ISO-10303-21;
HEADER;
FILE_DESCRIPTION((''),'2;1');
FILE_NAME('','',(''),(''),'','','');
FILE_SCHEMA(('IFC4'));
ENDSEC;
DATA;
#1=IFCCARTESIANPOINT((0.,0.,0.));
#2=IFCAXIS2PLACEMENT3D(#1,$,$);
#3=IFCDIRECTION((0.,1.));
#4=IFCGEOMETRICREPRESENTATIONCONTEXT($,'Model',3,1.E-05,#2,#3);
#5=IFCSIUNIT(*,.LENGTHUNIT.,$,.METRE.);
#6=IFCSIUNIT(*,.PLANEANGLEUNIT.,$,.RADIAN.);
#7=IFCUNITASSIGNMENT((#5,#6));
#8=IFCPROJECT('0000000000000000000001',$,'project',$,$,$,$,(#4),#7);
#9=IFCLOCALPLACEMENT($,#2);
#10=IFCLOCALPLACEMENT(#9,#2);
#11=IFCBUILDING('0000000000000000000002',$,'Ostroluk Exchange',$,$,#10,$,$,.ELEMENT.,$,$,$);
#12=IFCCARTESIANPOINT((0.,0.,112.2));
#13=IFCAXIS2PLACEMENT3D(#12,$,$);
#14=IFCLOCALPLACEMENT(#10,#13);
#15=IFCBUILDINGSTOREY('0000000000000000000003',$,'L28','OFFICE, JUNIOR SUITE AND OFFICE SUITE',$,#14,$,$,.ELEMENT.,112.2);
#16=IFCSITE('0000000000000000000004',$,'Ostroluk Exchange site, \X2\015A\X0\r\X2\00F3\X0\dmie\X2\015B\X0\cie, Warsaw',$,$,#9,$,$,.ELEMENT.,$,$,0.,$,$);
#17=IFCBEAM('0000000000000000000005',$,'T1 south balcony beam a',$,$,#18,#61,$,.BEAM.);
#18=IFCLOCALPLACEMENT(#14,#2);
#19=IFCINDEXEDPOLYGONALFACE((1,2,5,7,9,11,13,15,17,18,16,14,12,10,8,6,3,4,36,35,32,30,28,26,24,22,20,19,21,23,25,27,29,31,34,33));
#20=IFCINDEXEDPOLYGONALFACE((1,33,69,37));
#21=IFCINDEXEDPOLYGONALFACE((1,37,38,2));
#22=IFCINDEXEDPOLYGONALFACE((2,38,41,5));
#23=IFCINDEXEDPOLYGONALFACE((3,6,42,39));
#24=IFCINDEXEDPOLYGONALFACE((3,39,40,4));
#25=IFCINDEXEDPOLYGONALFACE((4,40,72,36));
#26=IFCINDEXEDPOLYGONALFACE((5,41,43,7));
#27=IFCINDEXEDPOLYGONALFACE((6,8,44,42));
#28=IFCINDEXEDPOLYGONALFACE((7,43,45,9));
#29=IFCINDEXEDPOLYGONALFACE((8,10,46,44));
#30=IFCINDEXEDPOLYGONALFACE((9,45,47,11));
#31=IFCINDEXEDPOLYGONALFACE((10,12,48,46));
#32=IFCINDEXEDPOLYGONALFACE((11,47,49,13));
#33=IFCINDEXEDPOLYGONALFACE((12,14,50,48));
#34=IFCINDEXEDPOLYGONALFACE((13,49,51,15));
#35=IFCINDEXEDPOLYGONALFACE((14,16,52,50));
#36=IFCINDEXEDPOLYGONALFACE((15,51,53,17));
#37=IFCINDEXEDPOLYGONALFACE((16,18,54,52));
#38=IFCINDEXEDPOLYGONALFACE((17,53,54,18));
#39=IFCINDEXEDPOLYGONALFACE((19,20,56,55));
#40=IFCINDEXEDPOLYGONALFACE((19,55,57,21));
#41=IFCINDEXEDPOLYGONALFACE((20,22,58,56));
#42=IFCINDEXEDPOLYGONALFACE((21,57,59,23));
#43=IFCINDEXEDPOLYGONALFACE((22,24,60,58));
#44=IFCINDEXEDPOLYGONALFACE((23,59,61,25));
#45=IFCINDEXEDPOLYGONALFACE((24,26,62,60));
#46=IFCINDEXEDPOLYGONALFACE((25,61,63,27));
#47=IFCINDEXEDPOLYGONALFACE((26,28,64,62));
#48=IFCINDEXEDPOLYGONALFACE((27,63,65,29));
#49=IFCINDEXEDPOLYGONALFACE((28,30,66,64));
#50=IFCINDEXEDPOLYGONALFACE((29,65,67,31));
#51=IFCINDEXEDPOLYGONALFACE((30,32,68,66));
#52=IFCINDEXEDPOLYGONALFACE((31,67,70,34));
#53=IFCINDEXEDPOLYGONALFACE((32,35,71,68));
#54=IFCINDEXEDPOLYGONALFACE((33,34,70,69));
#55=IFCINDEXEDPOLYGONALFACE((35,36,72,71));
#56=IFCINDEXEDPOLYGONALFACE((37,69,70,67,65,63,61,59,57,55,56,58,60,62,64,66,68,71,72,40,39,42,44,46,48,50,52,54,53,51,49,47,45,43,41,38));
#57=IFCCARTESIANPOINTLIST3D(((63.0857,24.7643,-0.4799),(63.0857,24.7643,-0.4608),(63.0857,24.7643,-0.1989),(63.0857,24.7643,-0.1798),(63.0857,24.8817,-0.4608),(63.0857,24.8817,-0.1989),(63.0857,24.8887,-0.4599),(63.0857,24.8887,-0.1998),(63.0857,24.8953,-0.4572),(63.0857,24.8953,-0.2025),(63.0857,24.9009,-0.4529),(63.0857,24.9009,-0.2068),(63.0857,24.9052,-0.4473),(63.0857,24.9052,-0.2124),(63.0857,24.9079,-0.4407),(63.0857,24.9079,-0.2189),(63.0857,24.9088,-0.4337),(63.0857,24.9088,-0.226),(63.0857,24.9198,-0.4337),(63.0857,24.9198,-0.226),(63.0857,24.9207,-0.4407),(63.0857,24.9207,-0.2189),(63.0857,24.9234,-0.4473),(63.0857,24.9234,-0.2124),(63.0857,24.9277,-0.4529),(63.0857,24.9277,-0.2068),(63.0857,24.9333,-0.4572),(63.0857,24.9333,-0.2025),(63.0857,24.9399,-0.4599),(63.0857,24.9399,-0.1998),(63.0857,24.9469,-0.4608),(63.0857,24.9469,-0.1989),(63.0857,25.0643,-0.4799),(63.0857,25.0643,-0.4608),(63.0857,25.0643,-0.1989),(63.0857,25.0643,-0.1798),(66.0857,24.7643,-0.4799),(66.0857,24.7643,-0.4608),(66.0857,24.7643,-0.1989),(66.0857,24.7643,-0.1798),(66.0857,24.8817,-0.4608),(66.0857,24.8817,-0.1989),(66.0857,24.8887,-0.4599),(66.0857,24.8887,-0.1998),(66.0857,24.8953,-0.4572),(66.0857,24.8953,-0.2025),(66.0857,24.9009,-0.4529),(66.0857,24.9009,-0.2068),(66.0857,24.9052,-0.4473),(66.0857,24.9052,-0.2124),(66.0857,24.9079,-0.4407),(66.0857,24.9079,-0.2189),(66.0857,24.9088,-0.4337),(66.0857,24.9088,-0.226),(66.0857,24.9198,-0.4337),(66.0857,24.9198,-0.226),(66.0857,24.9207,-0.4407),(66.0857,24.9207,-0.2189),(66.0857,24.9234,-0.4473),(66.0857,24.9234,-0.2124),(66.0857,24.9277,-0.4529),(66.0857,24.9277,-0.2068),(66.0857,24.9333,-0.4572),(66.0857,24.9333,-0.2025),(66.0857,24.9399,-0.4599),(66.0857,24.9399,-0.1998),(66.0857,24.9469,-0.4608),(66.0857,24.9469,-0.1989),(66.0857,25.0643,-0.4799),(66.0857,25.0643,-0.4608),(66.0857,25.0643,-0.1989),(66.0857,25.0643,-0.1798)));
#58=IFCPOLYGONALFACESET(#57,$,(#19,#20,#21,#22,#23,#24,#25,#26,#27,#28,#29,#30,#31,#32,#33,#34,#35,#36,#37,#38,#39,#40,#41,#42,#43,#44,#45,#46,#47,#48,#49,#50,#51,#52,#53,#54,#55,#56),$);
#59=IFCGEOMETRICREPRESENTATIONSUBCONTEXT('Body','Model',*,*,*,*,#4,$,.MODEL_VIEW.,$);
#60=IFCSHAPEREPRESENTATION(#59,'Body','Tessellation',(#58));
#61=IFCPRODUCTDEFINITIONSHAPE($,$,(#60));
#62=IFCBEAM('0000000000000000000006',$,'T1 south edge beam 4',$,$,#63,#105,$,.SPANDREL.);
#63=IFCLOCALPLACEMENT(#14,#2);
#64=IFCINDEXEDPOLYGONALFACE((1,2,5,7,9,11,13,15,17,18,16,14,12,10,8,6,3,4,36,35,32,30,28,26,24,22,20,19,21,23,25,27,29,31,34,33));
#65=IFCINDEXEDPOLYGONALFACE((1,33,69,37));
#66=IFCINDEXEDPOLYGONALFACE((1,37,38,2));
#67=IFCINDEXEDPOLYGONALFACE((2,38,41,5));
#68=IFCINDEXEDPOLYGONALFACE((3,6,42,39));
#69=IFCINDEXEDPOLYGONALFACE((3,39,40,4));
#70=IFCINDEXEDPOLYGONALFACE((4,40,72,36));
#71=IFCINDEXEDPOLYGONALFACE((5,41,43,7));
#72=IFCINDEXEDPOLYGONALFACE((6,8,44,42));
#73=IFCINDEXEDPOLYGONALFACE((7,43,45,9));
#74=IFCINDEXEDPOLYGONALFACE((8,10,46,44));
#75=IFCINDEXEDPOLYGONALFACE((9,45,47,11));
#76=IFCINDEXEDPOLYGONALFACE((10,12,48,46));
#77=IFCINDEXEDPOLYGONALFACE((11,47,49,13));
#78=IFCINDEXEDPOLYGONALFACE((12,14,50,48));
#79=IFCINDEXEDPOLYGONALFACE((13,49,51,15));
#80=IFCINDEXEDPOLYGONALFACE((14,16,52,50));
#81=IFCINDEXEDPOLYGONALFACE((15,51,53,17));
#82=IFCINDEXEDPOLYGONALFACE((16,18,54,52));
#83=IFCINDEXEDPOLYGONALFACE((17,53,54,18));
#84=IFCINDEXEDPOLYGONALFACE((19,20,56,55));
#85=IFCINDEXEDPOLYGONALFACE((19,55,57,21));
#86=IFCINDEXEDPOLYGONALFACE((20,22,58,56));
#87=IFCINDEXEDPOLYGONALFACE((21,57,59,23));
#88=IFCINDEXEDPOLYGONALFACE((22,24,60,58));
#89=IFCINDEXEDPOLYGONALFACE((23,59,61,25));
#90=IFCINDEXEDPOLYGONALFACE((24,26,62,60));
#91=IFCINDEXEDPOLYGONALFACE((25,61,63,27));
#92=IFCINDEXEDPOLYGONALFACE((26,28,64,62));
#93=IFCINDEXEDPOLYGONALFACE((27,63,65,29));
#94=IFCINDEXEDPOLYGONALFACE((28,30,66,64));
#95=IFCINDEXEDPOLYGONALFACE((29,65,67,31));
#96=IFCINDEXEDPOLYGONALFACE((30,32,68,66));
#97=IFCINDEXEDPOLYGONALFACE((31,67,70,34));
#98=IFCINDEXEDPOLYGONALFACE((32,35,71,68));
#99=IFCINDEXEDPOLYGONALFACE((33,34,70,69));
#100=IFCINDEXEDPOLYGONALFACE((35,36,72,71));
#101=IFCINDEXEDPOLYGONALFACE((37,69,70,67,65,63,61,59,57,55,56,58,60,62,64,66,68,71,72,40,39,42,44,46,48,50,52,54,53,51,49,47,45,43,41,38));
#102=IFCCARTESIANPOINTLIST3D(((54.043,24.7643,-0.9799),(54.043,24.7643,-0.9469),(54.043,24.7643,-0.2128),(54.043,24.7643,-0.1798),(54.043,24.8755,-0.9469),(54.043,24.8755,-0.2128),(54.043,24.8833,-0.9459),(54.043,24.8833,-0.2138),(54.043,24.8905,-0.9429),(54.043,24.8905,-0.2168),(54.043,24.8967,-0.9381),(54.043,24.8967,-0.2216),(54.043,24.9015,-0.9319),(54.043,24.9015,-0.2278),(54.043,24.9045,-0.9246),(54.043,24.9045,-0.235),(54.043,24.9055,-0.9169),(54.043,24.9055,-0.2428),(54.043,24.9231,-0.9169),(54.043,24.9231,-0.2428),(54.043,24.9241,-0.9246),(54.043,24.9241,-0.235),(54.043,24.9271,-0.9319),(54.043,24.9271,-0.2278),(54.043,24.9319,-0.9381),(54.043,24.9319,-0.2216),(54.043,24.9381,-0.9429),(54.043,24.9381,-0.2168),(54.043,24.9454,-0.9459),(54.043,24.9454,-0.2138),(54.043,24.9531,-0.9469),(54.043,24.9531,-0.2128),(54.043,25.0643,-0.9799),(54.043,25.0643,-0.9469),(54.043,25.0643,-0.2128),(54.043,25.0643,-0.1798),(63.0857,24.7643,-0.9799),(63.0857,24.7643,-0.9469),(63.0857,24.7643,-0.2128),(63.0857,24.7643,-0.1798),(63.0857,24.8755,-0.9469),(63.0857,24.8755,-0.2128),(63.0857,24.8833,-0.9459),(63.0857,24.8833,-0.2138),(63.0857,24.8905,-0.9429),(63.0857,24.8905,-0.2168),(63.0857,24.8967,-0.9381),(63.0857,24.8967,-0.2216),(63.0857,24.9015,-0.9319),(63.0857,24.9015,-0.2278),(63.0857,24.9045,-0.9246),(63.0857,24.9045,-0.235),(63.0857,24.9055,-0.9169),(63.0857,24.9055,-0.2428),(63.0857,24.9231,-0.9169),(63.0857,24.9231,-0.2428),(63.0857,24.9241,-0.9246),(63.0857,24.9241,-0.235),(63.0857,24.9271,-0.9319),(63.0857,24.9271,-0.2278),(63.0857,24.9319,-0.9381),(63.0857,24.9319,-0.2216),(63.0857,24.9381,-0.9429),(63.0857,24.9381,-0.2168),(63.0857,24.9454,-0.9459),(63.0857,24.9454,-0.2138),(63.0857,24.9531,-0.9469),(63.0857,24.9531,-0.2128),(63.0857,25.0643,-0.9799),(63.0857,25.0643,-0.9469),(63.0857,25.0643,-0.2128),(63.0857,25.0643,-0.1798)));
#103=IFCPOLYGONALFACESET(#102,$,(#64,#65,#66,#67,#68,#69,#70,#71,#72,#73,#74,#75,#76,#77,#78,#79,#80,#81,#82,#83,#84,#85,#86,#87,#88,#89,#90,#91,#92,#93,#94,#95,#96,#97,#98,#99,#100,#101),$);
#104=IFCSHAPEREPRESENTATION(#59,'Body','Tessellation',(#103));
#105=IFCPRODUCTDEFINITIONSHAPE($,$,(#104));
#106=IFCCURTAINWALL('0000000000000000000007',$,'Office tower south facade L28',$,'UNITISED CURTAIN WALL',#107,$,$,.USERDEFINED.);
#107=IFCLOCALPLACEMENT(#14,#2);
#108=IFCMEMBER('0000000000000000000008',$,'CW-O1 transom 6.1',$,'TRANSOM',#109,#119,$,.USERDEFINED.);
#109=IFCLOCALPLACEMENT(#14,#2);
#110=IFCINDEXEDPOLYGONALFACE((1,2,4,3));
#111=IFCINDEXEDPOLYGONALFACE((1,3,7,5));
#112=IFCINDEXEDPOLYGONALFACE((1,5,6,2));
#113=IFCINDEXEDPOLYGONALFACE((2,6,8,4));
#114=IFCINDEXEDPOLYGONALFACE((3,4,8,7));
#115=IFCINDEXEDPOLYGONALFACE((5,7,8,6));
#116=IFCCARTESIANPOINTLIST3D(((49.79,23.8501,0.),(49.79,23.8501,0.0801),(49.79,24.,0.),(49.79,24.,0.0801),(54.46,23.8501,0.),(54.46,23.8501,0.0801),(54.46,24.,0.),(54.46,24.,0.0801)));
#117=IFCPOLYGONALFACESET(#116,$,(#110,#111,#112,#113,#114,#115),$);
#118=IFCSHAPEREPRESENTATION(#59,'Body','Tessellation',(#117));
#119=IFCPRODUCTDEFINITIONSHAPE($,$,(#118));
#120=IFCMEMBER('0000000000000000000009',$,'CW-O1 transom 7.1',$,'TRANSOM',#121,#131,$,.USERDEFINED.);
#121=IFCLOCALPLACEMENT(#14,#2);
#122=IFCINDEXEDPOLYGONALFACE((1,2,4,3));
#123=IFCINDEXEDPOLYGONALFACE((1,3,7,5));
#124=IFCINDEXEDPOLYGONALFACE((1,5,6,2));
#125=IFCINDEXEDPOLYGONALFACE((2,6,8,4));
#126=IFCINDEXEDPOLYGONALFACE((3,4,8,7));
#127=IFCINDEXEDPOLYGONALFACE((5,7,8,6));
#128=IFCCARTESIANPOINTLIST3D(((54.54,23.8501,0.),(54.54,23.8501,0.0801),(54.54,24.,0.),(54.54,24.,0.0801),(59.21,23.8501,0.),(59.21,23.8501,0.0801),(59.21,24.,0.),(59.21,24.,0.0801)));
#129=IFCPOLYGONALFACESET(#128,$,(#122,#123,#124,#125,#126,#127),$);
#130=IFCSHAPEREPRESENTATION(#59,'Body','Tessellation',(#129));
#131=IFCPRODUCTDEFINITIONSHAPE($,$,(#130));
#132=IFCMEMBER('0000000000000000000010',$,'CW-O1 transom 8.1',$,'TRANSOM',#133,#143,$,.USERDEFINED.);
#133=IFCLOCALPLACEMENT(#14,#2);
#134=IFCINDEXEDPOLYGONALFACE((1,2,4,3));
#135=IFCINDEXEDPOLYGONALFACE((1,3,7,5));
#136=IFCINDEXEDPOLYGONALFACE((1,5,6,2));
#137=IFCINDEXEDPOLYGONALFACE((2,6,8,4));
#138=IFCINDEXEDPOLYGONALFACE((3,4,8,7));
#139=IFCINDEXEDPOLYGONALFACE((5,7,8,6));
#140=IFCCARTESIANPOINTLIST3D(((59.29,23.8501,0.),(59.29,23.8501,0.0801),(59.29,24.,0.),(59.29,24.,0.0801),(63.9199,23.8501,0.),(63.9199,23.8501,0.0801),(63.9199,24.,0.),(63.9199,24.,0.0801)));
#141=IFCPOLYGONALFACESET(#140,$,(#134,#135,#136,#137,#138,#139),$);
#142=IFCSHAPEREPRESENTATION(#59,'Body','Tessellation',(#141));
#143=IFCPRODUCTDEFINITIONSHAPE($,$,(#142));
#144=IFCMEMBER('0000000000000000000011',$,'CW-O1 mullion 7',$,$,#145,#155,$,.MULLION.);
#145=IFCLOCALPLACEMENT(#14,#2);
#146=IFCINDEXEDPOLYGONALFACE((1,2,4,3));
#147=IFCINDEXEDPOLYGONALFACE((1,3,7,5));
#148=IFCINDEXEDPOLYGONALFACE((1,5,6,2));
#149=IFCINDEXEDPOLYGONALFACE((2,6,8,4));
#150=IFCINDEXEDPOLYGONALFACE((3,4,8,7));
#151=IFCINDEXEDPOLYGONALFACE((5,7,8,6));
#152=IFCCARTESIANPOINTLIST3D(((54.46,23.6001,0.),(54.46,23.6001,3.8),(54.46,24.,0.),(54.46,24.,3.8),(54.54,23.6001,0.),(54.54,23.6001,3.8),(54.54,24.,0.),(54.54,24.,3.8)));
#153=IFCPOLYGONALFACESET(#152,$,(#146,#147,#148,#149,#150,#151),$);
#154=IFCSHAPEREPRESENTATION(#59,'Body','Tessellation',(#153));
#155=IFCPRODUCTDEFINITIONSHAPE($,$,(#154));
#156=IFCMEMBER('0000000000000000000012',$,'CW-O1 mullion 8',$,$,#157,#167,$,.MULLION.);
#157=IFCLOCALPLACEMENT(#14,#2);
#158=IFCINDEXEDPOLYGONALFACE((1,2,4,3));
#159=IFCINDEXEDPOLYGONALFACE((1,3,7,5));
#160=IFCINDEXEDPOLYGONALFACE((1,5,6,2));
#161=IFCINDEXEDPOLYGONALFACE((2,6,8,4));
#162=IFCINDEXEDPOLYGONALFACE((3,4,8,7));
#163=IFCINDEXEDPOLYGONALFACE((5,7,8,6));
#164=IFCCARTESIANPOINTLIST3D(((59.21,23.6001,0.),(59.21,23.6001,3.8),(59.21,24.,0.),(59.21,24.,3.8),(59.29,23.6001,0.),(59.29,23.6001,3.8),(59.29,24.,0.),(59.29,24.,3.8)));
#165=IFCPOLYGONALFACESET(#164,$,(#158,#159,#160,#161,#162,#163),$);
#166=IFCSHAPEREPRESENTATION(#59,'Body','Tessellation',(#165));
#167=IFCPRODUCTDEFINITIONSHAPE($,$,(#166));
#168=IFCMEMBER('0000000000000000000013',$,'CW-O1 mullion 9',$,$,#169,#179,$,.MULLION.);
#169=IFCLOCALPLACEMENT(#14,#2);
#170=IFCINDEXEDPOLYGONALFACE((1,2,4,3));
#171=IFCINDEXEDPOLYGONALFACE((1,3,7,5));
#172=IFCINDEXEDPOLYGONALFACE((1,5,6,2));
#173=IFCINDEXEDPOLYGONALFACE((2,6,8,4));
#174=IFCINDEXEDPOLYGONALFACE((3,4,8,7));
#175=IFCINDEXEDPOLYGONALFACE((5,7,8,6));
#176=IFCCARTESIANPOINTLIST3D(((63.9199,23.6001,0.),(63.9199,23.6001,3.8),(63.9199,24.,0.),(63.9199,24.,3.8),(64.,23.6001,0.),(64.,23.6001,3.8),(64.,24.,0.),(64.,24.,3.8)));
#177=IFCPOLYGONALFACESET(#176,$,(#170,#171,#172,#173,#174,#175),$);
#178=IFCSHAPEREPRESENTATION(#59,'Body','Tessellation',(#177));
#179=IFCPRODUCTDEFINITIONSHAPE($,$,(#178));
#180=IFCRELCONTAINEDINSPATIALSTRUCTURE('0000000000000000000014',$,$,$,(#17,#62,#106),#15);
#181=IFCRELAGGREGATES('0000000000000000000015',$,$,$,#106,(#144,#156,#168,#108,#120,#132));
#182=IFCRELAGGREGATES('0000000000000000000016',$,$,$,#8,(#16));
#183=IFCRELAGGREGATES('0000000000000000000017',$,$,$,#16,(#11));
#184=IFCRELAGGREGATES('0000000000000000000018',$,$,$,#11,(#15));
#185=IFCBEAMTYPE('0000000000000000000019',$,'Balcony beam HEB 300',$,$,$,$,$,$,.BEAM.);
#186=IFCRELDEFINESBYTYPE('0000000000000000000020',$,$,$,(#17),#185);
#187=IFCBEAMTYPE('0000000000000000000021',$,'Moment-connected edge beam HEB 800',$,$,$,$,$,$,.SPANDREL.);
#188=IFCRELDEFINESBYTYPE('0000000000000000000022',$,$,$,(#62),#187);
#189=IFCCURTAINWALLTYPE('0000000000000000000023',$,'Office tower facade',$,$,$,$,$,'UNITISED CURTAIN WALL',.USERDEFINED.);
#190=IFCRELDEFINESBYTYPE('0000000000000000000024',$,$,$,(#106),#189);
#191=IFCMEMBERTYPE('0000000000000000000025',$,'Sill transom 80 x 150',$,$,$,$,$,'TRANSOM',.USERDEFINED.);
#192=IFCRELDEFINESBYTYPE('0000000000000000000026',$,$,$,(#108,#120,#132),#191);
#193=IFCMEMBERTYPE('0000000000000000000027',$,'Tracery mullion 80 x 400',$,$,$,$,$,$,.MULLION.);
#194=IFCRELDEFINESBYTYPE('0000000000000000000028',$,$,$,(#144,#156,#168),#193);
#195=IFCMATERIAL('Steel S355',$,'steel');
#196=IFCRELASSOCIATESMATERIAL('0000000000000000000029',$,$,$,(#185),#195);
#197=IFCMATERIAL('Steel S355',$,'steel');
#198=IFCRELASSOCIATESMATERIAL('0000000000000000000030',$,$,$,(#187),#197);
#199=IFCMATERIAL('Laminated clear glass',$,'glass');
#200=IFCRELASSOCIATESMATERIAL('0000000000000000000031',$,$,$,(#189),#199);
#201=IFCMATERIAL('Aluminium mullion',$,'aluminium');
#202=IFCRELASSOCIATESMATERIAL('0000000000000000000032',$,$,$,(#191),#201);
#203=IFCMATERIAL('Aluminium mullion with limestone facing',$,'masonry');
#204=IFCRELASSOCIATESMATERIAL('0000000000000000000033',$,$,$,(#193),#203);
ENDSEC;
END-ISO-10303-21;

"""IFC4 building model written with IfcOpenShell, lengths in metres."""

from ifc_helpers import new_model, si_unit, direction, frame, origin, origin_2d, place, context, subcontext, project, spatial, rectangle, i_section, extrude, material, material_profile, profile_set, type_object, element, aggregate, save


model = new_model("IFC4")

# Units and contexts
model_context = context("Model", 3, precision=1e-05, world=origin(), true_north=direction((0.0, 1.0)))
body_context = subcontext(model_context, "Body", "Model", "MODEL_VIEW")
ifc_project = project(units=[si_unit("LENGTHUNIT", "METRE"), si_unit("PLANEANGLEUNIT", "RADIAN")], contexts=[model_context])

# Site, building, storey
site_placement = place(None, origin())
site = spatial("IfcSite", under=ifc_project, at=site_placement, Name="Ostroluk Exchange site, Śródmieście, Warsaw", CompositionType="ELEMENT", RefElevation=0.0)
building_placement = place(site_placement, origin())
building = spatial("IfcBuilding", under=site, at=building_placement, Name="Ostroluk Exchange", CompositionType="ELEMENT")
storey_placement = place(building_placement, frame((0.0, 0.0, 112.2)))
storey = spatial("IfcBuildingStorey", under=building, at=storey_placement, Name="L28", Description="OFFICE, JUNIOR SUITE AND OFFICE SUITE", CompositionType="ELEMENT", Elevation=112.2)

# Beams
ifc_material_1 = material(Name="Steel S355", Category="steel")
ifc_material_profile_1 = material_profile(ifc_material_1, i_section(OverallWidth=0.3, OverallDepth=0.3, WebThickness=0.011, FlangeThickness=0.019, FilletRadius=0.0271, at=origin_2d()), Name="HEB 300")
ifc_profile_set_1 = profile_set([ifc_material_profile_1], Name="Steel S355")
beam_type_1 = type_object("IfcBeamType", Name="Balcony beam HEB 300", PredefinedType="BEAM", material=ifc_profile_set_1)
beam_1_placement = place(storey_placement, frame((63.0857, 24.9143, -0.3298), z_axis=(1.0, 0.0, 0.0), x_axis=(0.0, 1.0, 0.0)))
element("IfcBeam", 1, at=beam_1_placement, inside=storey, type_object=beam_type_1, Name="T1 south balcony beam a", PredefinedType="BEAM", context=body_context, shape_type="SweptSolid", body=[
    extrude(i_section(OverallWidth=0.3, OverallDepth=0.3, WebThickness=0.011, FlangeThickness=0.019, FilletRadius=0.0271, at=origin_2d()), origin(), (0.0, 0.0, 1.0), 3.0),
])
ifc_material_2 = material(Name="Steel S355", Category="steel")
ifc_material_profile_2 = material_profile(ifc_material_2, i_section(OverallWidth=0.3, OverallDepth=0.8, WebThickness=0.0176, FlangeThickness=0.033, FilletRadius=0.03, at=origin_2d()), Name="HEB 800")
ifc_profile_set_2 = profile_set([ifc_material_profile_2], Name="Steel S355")
beam_type_2 = type_object("IfcBeamType", Name="Moment-connected edge beam HEB 800", PredefinedType="SPANDREL", material=ifc_profile_set_2)
beam_2_placement = place(storey_placement, frame((54.043, 24.9143, -0.5798), z_axis=(1.0, 0.0, 0.0), x_axis=(0.0, 1.0, 0.0)))
element("IfcBeam", 2, at=beam_2_placement, inside=storey, type_object=beam_type_2, Name="T1 south edge beam 4", PredefinedType="SPANDREL", context=body_context, shape_type="SweptSolid", body=[
    extrude(i_section(OverallWidth=0.3, OverallDepth=0.8, WebThickness=0.0176, FlangeThickness=0.033, FilletRadius=0.03, at=origin_2d()), origin(), (0.0, 0.0, 1.0), 9.0427),
])

# Curtain wall, members
ifc_material_3 = material(Name="Laminated clear glass", Category="glass")
curtain_wall_type = type_object("IfcCurtainWallType", Name="Office tower facade", ElementType="UNITISED CURTAIN WALL", PredefinedType="USERDEFINED", material=ifc_material_3)
curtain_wall_placement = place(storey_placement, origin())
curtain_wall = element("IfcCurtainWall", 3, at=curtain_wall_placement, inside=storey, type_object=curtain_wall_type, Name="Office tower south facade L28", ObjectType="UNITISED CURTAIN WALL", PredefinedType="USERDEFINED")
ifc_material_4 = material(Name="Aluminium mullion", Category="aluminium")
ifc_material_profile_3 = material_profile(ifc_material_4, rectangle(XDim=0.1499, YDim=0.0801, at=origin_2d()), Name="Sill transom 80 x 150")
ifc_profile_set_3 = profile_set([ifc_material_profile_3], Name="Aluminium mullion")
member_type_1 = type_object("IfcMemberType", Name="Sill transom 80 x 150", ElementType="TRANSOM", PredefinedType="USERDEFINED", material=ifc_profile_set_3)
member_1_placement = place(storey_placement, frame((49.79, 23.925, 0.04), z_axis=(1.0, 0.0, 0.0), x_axis=(0.0, 1.0, 0.0)))
member_1 = element("IfcMember", 4, at=member_1_placement, type_object=member_type_1, Name="CW-O1 transom 6.1", ObjectType="TRANSOM", PredefinedType="USERDEFINED", context=body_context, shape_type="SweptSolid", body=[
    extrude(rectangle(XDim=0.1499, YDim=0.0801, at=origin_2d()), origin(), (0.0, 0.0, 1.0), 4.6699),
])
member_2_placement = place(storey_placement, frame((54.54, 23.925, 0.04), z_axis=(1.0, 0.0, 0.0), x_axis=(0.0, 1.0, 0.0)))
member_2 = element("IfcMember", 5, at=member_2_placement, type_object=member_type_1, Name="CW-O1 transom 7.1", ObjectType="TRANSOM", PredefinedType="USERDEFINED", context=body_context, shape_type="SweptSolid", body=[
    extrude(rectangle(XDim=0.1499, YDim=0.0801, at=origin_2d()), origin(), (0.0, 0.0, 1.0), 4.6699),
])
member_3_placement = place(storey_placement, frame((59.29, 23.925, 0.04), z_axis=(1.0, 0.0, 0.0), x_axis=(0.0, 1.0, 0.0)))
member_3 = element("IfcMember", 6, at=member_3_placement, type_object=member_type_1, Name="CW-O1 transom 8.1", ObjectType="TRANSOM", PredefinedType="USERDEFINED", context=body_context, shape_type="SweptSolid", body=[
    extrude(rectangle(XDim=0.1499, YDim=0.0801, at=origin_2d()), origin(), (0.0, 0.0, 1.0), 4.6299),
])
ifc_material_5 = material(Name="Aluminium mullion with limestone facing", Category="masonry")
ifc_material_profile_4 = material_profile(ifc_material_5, rectangle(XDim=0.3999, YDim=0.0801, at=origin_2d()), Name="Tracery mullion 80 x 400")
ifc_profile_set_4 = profile_set([ifc_material_profile_4], Name="Aluminium mullion with limestone facing")
member_type_2 = type_object("IfcMemberType", Name="Tracery mullion 80 x 400", PredefinedType="MULLION", material=ifc_profile_set_4)
member_4_placement = place(storey_placement, frame((54.5, 23.8, 0.0), z_axis=(0.0, 0.0, 1.0), x_axis=(0.0, 1.0, 0.0)))
member_4 = element("IfcMember", 7, at=member_4_placement, type_object=member_type_2, Name="CW-O1 mullion 7", PredefinedType="MULLION", context=body_context, shape_type="SweptSolid", body=[
    extrude(rectangle(XDim=0.3999, YDim=0.0801, at=origin_2d()), origin(), (0.0, 0.0, 1.0), 3.8),
])
member_5_placement = place(storey_placement, frame((59.25, 23.8, 0.0), z_axis=(0.0, 0.0, 1.0), x_axis=(0.0, 1.0, 0.0)))
member_5 = element("IfcMember", 8, at=member_5_placement, type_object=member_type_2, Name="CW-O1 mullion 8", PredefinedType="MULLION", context=body_context, shape_type="SweptSolid", body=[
    extrude(rectangle(XDim=0.3999, YDim=0.0801, at=origin_2d()), origin(), (0.0, 0.0, 1.0), 3.8),
])
member_6_placement = place(storey_placement, frame((63.96, 23.8, 0.0), z_axis=(0.0, 0.0, 1.0), x_axis=(0.0, 1.0, 0.0)))
member_6 = element("IfcMember", 9, at=member_6_placement, type_object=member_type_2, Name="CW-O1 mullion 9", PredefinedType="MULLION", context=body_context, shape_type="SweptSolid", body=[
    extrude(rectangle(XDim=0.3999, YDim=0.0801, at=origin_2d()), origin(), (0.0, 0.0, 1.0), 3.8),
])
aggregate(curtain_wall, [member_4, member_5, member_6, member_1, member_2, member_3])

save(model, "model.ifc")
